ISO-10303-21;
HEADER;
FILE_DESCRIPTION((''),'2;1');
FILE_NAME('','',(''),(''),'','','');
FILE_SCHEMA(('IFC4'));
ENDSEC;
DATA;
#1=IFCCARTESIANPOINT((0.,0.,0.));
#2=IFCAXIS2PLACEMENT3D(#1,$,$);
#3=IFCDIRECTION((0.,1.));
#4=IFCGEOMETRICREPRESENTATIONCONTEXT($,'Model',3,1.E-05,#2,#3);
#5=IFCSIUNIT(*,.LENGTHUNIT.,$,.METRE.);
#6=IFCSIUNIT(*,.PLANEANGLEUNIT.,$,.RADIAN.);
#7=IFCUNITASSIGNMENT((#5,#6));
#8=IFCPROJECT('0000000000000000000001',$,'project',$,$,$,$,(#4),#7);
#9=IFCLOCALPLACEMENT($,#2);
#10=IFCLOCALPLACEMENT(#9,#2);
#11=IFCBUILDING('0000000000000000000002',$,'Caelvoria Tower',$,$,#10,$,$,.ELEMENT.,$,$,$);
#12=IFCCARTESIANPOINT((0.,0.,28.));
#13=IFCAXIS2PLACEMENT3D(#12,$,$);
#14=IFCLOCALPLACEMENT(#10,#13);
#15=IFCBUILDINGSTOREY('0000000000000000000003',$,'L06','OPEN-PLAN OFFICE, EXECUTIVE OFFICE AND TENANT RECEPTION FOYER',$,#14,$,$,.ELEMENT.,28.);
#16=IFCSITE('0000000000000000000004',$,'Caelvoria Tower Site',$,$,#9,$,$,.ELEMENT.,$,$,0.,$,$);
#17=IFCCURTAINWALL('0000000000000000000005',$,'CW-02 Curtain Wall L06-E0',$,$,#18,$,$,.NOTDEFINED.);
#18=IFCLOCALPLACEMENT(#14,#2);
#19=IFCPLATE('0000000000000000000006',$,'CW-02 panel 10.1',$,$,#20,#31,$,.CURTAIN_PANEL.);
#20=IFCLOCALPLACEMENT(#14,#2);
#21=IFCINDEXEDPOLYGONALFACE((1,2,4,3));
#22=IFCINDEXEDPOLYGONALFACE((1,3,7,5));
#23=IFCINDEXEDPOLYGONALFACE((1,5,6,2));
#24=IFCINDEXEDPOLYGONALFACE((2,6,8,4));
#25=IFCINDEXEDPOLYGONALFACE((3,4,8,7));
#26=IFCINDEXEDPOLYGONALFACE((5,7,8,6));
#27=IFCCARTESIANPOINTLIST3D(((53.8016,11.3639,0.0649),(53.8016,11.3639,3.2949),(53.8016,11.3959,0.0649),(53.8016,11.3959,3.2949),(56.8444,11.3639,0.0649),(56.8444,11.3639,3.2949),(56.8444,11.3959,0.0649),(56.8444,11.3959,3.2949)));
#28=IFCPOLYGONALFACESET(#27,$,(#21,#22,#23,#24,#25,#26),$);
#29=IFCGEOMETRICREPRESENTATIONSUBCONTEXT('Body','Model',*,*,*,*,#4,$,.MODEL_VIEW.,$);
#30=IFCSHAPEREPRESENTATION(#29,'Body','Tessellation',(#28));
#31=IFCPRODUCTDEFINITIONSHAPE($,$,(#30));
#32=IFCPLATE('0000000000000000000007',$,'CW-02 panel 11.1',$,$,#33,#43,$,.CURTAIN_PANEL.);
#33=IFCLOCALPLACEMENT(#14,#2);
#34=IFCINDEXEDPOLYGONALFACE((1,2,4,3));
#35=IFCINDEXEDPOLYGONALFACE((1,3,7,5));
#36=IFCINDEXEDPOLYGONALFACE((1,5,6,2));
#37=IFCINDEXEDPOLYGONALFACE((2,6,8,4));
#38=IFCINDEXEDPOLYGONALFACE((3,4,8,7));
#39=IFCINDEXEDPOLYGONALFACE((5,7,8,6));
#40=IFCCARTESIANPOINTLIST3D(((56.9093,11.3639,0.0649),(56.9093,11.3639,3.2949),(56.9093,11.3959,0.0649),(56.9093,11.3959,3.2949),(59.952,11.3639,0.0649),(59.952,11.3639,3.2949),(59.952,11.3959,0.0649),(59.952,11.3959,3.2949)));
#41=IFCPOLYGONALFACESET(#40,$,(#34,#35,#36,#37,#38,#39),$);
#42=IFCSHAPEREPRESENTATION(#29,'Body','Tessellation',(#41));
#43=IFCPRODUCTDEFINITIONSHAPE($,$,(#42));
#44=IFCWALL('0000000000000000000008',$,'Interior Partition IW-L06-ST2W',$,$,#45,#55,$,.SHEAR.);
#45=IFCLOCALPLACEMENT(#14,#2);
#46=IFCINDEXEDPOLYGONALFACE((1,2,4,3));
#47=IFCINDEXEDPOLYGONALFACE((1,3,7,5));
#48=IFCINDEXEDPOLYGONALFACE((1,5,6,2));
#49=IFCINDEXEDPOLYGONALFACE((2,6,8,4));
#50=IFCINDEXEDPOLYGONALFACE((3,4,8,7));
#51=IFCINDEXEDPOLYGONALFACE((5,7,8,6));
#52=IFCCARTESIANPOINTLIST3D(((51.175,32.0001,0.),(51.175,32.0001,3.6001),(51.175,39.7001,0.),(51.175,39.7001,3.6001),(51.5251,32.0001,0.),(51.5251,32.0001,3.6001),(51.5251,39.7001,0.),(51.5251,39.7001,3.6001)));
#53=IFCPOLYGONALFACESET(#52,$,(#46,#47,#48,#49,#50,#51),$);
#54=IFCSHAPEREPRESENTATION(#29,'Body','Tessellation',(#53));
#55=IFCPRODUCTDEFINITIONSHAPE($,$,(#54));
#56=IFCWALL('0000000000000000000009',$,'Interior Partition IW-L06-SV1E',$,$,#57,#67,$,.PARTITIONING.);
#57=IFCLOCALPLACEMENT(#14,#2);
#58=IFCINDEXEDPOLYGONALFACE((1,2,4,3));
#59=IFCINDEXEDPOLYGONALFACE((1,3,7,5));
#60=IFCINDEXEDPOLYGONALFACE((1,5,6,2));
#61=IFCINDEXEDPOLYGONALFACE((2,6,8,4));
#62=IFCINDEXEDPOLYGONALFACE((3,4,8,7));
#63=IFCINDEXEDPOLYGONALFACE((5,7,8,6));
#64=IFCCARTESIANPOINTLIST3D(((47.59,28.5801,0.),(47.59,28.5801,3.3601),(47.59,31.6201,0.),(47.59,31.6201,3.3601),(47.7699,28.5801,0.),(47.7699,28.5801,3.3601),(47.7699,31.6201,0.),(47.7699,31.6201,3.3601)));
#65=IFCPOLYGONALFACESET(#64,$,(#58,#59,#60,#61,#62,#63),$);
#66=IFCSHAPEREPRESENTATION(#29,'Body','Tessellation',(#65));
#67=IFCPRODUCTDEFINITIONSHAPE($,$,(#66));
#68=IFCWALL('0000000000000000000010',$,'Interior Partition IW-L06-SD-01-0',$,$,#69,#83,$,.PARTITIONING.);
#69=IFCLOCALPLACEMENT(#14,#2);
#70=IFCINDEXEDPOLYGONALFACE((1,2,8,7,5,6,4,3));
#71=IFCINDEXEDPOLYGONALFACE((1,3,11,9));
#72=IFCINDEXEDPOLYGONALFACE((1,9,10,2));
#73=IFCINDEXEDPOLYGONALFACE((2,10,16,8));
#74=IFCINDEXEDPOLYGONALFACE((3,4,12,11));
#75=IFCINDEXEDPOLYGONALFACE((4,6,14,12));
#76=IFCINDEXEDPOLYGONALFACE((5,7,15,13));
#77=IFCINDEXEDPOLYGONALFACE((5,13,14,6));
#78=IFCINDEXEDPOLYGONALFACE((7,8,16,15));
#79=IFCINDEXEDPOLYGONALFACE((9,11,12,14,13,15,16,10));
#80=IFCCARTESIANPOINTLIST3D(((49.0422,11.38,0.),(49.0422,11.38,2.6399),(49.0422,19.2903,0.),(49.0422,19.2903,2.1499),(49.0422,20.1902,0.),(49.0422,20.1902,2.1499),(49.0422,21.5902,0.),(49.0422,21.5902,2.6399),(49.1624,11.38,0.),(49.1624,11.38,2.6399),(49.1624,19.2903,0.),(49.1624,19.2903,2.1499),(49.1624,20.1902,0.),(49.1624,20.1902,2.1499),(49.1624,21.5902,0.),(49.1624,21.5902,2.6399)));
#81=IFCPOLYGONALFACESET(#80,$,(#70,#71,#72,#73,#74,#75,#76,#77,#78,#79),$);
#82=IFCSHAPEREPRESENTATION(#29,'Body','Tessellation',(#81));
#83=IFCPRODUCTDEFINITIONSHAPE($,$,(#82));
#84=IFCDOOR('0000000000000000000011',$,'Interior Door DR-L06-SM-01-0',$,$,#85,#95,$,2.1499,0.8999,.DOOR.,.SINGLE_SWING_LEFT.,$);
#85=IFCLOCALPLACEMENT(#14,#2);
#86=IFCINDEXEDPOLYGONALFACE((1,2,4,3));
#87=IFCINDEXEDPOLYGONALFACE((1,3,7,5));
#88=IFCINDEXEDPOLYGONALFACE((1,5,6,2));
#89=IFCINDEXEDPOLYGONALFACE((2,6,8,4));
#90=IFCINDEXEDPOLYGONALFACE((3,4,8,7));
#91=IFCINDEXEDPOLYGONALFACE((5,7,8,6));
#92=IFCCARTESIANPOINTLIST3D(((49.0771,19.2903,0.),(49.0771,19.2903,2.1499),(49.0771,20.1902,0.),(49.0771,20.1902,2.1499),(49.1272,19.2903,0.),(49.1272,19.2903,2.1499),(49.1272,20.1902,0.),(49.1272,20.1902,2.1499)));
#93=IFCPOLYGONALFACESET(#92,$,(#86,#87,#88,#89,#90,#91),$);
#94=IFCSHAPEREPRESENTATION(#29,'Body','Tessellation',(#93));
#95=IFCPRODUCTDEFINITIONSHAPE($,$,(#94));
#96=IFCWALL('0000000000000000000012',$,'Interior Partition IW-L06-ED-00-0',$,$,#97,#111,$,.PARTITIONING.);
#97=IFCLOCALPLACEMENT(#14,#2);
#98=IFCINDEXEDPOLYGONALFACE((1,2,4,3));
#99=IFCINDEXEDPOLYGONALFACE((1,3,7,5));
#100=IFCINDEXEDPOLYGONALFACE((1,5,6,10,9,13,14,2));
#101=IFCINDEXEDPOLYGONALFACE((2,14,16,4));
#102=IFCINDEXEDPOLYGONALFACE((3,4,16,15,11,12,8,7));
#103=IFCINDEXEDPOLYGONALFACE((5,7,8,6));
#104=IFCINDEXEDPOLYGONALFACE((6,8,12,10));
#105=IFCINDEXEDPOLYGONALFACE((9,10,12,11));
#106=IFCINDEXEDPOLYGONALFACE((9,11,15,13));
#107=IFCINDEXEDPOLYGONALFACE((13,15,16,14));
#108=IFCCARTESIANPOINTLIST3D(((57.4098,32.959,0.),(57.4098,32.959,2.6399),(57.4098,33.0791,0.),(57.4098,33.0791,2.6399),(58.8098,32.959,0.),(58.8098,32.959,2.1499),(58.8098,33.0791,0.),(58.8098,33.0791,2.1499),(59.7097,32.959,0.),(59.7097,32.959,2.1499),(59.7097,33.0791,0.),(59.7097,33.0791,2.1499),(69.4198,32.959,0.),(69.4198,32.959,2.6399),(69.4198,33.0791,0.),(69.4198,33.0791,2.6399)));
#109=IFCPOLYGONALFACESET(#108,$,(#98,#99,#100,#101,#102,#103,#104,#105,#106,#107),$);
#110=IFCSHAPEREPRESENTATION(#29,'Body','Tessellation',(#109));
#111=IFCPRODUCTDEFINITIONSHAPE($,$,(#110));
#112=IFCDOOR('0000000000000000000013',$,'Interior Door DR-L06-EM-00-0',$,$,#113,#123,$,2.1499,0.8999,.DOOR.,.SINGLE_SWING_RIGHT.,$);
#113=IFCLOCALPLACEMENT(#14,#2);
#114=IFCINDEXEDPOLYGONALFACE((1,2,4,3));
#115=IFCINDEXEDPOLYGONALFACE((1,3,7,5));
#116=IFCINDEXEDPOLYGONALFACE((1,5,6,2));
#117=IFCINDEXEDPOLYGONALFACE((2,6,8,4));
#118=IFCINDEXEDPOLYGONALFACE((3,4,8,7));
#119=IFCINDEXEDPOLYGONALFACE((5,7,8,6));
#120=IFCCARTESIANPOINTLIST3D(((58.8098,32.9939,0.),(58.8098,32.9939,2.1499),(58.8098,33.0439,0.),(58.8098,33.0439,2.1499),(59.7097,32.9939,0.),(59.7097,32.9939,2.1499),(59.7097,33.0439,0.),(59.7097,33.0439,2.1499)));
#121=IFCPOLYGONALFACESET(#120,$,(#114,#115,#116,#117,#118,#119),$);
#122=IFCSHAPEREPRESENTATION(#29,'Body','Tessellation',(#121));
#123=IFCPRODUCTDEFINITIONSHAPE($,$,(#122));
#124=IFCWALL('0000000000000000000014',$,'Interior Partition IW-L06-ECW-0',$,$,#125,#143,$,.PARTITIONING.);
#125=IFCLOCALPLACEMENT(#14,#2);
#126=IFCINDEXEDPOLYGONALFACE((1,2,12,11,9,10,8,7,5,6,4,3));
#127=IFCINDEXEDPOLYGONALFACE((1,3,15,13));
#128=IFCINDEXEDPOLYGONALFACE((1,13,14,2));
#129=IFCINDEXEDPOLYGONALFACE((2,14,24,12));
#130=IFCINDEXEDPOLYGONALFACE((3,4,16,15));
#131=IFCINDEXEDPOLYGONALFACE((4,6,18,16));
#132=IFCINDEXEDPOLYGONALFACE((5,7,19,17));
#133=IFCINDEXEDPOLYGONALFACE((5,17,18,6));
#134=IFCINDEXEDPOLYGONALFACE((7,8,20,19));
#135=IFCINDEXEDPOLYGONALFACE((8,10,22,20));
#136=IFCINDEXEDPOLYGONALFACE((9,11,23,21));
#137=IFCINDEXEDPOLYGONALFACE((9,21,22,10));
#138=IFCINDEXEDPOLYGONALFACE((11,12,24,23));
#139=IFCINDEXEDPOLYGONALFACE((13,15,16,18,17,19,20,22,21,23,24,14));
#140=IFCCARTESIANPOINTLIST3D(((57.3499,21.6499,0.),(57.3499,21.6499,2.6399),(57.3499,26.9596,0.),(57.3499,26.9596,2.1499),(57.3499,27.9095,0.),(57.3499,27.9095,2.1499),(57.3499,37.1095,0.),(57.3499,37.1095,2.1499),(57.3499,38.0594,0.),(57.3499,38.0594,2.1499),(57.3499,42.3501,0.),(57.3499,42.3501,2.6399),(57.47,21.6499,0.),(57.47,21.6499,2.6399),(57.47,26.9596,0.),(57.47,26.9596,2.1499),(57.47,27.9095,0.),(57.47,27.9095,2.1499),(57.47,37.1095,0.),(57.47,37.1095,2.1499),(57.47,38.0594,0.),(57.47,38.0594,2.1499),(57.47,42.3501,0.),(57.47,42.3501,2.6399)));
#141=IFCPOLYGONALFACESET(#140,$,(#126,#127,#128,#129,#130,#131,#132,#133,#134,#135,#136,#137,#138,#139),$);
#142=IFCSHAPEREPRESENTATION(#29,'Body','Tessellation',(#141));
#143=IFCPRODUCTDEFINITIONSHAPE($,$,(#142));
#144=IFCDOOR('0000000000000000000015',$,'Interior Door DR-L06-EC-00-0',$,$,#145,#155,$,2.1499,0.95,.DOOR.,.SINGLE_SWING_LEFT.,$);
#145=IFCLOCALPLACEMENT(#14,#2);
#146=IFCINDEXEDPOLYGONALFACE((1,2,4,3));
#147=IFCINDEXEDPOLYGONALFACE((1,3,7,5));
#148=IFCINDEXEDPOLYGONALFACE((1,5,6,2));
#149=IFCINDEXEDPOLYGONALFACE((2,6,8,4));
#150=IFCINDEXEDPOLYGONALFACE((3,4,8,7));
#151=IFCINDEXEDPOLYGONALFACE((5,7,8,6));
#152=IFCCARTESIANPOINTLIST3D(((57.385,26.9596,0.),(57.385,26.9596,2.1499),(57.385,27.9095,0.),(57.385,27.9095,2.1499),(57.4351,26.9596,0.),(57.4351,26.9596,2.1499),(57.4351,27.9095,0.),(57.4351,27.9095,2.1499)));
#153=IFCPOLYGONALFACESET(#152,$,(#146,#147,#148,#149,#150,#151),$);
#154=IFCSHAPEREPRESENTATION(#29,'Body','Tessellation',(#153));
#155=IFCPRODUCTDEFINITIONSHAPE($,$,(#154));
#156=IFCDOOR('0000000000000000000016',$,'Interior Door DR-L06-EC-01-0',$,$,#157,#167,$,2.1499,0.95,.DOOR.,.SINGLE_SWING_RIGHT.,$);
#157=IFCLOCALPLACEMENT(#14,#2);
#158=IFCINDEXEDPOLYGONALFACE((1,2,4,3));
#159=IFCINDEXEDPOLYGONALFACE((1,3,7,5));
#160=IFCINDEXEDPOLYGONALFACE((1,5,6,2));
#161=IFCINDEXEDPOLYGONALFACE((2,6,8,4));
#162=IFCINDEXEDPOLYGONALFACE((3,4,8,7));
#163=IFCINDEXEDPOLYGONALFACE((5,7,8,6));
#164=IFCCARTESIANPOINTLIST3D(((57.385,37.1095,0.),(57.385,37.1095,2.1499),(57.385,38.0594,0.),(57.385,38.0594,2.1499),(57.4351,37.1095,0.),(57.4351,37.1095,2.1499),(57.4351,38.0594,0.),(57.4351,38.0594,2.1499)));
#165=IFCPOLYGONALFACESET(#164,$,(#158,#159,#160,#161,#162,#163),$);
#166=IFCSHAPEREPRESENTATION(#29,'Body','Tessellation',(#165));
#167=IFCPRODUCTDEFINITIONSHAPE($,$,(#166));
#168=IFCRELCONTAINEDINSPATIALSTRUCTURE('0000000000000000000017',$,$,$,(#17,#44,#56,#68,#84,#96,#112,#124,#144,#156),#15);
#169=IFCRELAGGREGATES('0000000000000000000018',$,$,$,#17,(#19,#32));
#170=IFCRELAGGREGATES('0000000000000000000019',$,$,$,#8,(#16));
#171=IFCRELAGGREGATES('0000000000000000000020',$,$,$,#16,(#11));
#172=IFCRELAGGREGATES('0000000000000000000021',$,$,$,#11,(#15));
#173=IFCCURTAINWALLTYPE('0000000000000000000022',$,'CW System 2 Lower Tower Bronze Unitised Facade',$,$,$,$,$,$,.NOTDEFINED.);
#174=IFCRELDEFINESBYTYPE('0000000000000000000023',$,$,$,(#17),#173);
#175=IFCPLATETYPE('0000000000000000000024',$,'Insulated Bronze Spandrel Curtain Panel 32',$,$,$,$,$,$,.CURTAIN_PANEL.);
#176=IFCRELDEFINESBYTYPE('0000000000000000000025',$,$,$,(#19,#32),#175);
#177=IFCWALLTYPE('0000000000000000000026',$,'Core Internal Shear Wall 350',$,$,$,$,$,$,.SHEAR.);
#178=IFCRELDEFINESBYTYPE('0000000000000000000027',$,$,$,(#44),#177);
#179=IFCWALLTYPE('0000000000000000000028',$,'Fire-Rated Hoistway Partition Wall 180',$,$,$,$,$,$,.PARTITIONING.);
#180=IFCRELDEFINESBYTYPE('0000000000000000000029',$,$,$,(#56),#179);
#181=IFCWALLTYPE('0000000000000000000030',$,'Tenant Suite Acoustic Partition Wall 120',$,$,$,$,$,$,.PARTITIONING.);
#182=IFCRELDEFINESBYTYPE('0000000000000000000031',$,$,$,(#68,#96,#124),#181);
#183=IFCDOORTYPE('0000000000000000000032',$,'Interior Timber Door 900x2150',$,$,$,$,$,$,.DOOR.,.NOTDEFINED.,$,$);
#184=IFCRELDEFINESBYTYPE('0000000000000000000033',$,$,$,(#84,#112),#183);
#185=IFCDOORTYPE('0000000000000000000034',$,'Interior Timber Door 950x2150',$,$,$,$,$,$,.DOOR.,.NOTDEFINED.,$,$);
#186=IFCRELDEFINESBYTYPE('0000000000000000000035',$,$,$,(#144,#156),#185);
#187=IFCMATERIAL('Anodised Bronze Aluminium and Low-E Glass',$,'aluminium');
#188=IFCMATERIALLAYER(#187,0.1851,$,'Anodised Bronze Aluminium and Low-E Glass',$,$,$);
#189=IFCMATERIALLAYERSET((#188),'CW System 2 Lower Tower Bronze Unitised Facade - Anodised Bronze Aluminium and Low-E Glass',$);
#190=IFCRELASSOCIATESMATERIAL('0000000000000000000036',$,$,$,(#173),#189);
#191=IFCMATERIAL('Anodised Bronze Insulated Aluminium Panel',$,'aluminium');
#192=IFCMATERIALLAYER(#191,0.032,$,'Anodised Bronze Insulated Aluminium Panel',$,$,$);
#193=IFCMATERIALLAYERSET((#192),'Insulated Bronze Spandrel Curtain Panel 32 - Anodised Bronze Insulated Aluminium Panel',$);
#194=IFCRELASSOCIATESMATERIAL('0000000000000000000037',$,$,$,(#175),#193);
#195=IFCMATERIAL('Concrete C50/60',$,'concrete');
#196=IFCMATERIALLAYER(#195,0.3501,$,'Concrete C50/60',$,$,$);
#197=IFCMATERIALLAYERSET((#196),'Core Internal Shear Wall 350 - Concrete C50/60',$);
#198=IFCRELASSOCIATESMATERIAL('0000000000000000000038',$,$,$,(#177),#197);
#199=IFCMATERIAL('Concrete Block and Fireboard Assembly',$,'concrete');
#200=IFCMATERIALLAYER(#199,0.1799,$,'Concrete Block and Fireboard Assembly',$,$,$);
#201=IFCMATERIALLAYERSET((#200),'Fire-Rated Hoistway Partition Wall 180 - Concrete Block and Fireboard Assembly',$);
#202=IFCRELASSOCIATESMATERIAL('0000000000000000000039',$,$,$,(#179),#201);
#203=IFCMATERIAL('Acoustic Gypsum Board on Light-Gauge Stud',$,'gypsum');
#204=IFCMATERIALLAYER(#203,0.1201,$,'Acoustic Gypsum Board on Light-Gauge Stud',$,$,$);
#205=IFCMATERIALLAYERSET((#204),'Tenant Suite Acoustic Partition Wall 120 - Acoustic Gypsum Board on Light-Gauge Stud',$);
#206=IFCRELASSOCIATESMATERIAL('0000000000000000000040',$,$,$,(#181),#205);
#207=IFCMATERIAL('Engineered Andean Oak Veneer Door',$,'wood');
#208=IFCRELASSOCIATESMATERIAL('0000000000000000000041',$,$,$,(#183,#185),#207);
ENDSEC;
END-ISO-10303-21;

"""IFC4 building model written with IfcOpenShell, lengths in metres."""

from ifc_helpers import new_model, si_unit, direction, frame, frame_2d, origin, origin_2d, place, context, subcontext, project, spatial, rectangle, extrude, material, layer, layer_set, type_object, element, fill, aggregate, save


model = new_model("IFC4")

# Units and contexts
model_context = context("Model", 3, precision=1e-05, world=origin(), true_north=direction((0.0, 1.0)))
body_context = subcontext(model_context, "Body", "Model", "MODEL_VIEW")
ifc_project = project(units=[si_unit("LENGTHUNIT", "METRE"), si_unit("PLANEANGLEUNIT", "RADIAN")], contexts=[model_context])

# Site, building, storey
site_placement = place(None, origin())
site = spatial("IfcSite", under=ifc_project, at=site_placement, Name="Caelvoria Tower Site", CompositionType="ELEMENT", RefElevation=0.0)
building_placement = place(site_placement, origin())
building = spatial("IfcBuilding", under=site, at=building_placement, Name="Caelvoria Tower", CompositionType="ELEMENT")
storey_placement = place(building_placement, frame((0.0, 0.0, 28.0)))
storey = spatial("IfcBuildingStorey", under=building, at=storey_placement, Name="L06", Description="OPEN-PLAN OFFICE, EXECUTIVE OFFICE AND TENANT RECEPTION FOYER", CompositionType="ELEMENT", Elevation=28.0)

# Curtain wall
ifc_material_1 = material(Name="Anodised Bronze Aluminium and Low-E Glass", Category="aluminium")
ifc_layer_1 = layer(ifc_material_1, 0.1851, Name="Anodised Bronze Aluminium and Low-E Glass")
ifc_layer_set_1 = layer_set([ifc_layer_1], Name="CW System 2 Lower Tower Bronze Unitised Facade - Anodised Bronze Aluminium and Low-E Glass")
curtain_wall_type = type_object("IfcCurtainWallType", Name="CW System 2 Lower Tower Bronze Unitised Facade", PredefinedType="NOTDEFINED", material=ifc_layer_set_1)
curtain_wall_placement = place(storey_placement, origin())
curtain_wall = element("IfcCurtainWall", 1, at=curtain_wall_placement, inside=storey, type_object=curtain_wall_type, Name="CW-02 Curtain Wall L06-E0", PredefinedType="NOTDEFINED")

# Plates
ifc_material_2 = material(Name="Anodised Bronze Insulated Aluminium Panel", Category="aluminium")
ifc_layer_2 = layer(ifc_material_2, 0.032, Name="Anodised Bronze Insulated Aluminium Panel")
ifc_layer_set_2 = layer_set([ifc_layer_2], Name="Insulated Bronze Spandrel Curtain Panel 32 - Anodised Bronze Insulated Aluminium Panel")
plate_type = type_object("IfcPlateType", Name="Insulated Bronze Spandrel Curtain Panel 32", PredefinedType="CURTAIN_PANEL", material=ifc_layer_set_2)
plate_1_placement = place(storey_placement, frame((55.323, 11.3799, 0.0649), z_axis=(0.0, 0.0, 1.0), x_axis=(1.0, 0.0, 0.0)))
plate_1 = element("IfcPlate", 2, at=plate_1_placement, type_object=plate_type, Name="CW-02 panel 10.1", PredefinedType="CURTAIN_PANEL", context=body_context, shape_type="SweptSolid", body=[
    extrude(rectangle(XDim=3.0427, YDim=0.032, at=origin_2d()), origin(), (0.0, 0.0, 1.0), 3.23),
])
plate_2_placement = place(storey_placement, frame((58.4307, 11.3799, 0.0649), z_axis=(0.0, 0.0, 1.0), x_axis=(1.0, 0.0, 0.0)))
plate_2 = element("IfcPlate", 3, at=plate_2_placement, type_object=plate_type, Name="CW-02 panel 11.1", PredefinedType="CURTAIN_PANEL", context=body_context, shape_type="SweptSolid", body=[
    extrude(rectangle(XDim=3.0427, YDim=0.032, at=origin_2d()), origin(), (0.0, 0.0, 1.0), 3.23),
])
aggregate(curtain_wall, [plate_1, plate_2])

# Walls
ifc_material_3 = material(Name="Concrete C50/60", Category="concrete")
ifc_layer_3 = layer(ifc_material_3, 0.3501, Name="Concrete C50/60")
ifc_layer_set_3 = layer_set([ifc_layer_3], Name="Core Internal Shear Wall 350 - Concrete C50/60")
wall_type_1 = type_object("IfcWallType", Name="Core Internal Shear Wall 350", PredefinedType="SHEAR", material=ifc_layer_set_3)
wall_1_placement = place(storey_placement, frame((51.3501, 32.0, 0.0), z_axis=(0.0, 0.0, 1.0), x_axis=(0.0, 1.0, 0.0)))
element("IfcWall", 4, at=wall_1_placement, inside=storey, type_object=wall_type_1, Name="Interior Partition IW-L06-ST2W", PredefinedType="SHEAR", context=body_context, shape_type="SweptSolid", body=[
    extrude(rectangle(XDim=7.7, YDim=0.3501, at=frame_2d((3.8501, 0.0))), origin(), (0.0, 0.0, 1.0), 3.6001),
])
ifc_material_4 = material(Name="Concrete Block and Fireboard Assembly", Category="concrete")
ifc_layer_4 = layer(ifc_material_4, 0.1799, Name="Concrete Block and Fireboard Assembly")
ifc_layer_set_4 = layer_set([ifc_layer_4], Name="Fire-Rated Hoistway Partition Wall 180 - Concrete Block and Fireboard Assembly")
wall_type_2 = type_object("IfcWallType", Name="Fire-Rated Hoistway Partition Wall 180", PredefinedType="PARTITIONING", material=ifc_layer_set_4)
wall_2_placement = place(storey_placement, frame((47.6799, 28.5801, 0.0), z_axis=(0.0, 0.0, 1.0), x_axis=(0.0, 1.0, 0.0)))
element("IfcWall", 5, at=wall_2_placement, inside=storey, type_object=wall_type_2, Name="Interior Partition IW-L06-SV1E", PredefinedType="PARTITIONING", context=body_context, shape_type="SweptSolid", body=[
    extrude(rectangle(XDim=3.04, YDim=0.1799, at=frame_2d((1.52, 0.0))), origin(), (0.0, 0.0, 1.0), 3.3601),
])

# Walls, openings, doors
ifc_material_5 = material(Name="Acoustic Gypsum Board on Light-Gauge Stud", Category="gypsum")
ifc_layer_5 = layer(ifc_material_5, 0.1201, Name="Acoustic Gypsum Board on Light-Gauge Stud")
ifc_layer_set_5 = layer_set([ifc_layer_5], Name="Tenant Suite Acoustic Partition Wall 120 - Acoustic Gypsum Board on Light-Gauge Stud")
wall_type_3 = type_object("IfcWallType", Name="Tenant Suite Acoustic Partition Wall 120", PredefinedType="PARTITIONING", material=ifc_layer_set_5)
wall_3_placement = place(storey_placement, frame((49.1023, 21.5901, 0.0), z_axis=(0.0, 0.0, 1.0), x_axis=(0.0, -1.0, 0.0)))
wall_3 = element("IfcWall", 6, at=wall_3_placement, inside=storey, type_object=wall_type_3, Name="Interior Partition IW-L06-SD-01-0", PredefinedType="PARTITIONING", context=body_context, shape_type="SweptSolid", body=[
    extrude(rectangle(XDim=10.2102, YDim=0.1201, at=frame_2d((5.105, 0.0))), origin(), (0.0, 0.0, 1.0), 2.6399),
])
opening_1_placement = place(wall_3_placement, frame((1.3999, 0.0, 0.0)))
opening_1 = element("IfcOpeningElement", 7, at=opening_1_placement, cuts=wall_3, PredefinedType="OPENING", context=body_context, shape_type="SweptSolid", body=[
    extrude(rectangle(XDim=0.8999, YDim=2.1499, at=frame_2d((0.45, 1.075))), frame((0.0, 0.0701, 0.0), z_axis=(0.0, -1.0, 0.0), x_axis=(1.0, 0.0, 0.0)), (0.0, 0.0, 1.0), 0.1401),
])
ifc_material_6 = material(Name="Engineered Andean Oak Veneer Door", Category="wood")
door_type_1 = type_object("IfcDoorType", Name="Interior Timber Door 900x2150", OperationType="NOTDEFINED", PredefinedType="DOOR", material=ifc_material_6)
door_1_placement = place(opening_1_placement, origin())
door_1 = element("IfcDoor", 8, at=door_1_placement, inside=storey, type_object=door_type_1, Name="Interior Door DR-L06-SM-01-0", OperationType="SINGLE_SWING_LEFT", OverallHeight=2.1499, OverallWidth=0.8999, PredefinedType="DOOR", context=body_context, shape_type="SweptSolid", body=[
    extrude(rectangle(XDim=0.8999, YDim=2.1499, at=frame_2d((0.45, 1.075))), frame((0.0, 0.0249, 0.0), z_axis=(0.0, -1.0, 0.0), x_axis=(1.0, 0.0, 0.0)), (0.0, 0.0, 1.0), 0.05),
])
fill(opening_1, door_1)
wall_4_placement = place(storey_placement, frame((57.4099, 33.019, 0.0), z_axis=(0.0, 0.0, 1.0), x_axis=(1.0, 0.0, 0.0)))
wall_4 = element("IfcWall", 9, at=wall_4_placement, inside=storey, type_object=wall_type_3, Name="Interior Partition IW-L06-ED-00-0", PredefinedType="PARTITIONING", context=body_context, shape_type="SweptSolid", body=[
    extrude(rectangle(XDim=12.01, YDim=0.1201, at=frame_2d((6.0049, 0.0))), origin(), (0.0, 0.0, 1.0), 2.6399),
])
opening_2_placement = place(wall_4_placement, frame((1.3999, 0.0, 0.0)))
opening_2 = element("IfcOpeningElement", 10, at=opening_2_placement, cuts=wall_4, PredefinedType="OPENING", context=body_context, shape_type="SweptSolid", body=[
    extrude(rectangle(XDim=0.8999, YDim=2.1499, at=frame_2d((0.45, 1.075))), frame((0.0, 0.0701, 0.0), z_axis=(0.0, -1.0, 0.0), x_axis=(1.0, 0.0, 0.0)), (0.0, 0.0, 1.0), 0.1401),
])
door_2_placement = place(opening_2_placement, origin())
door_2 = element("IfcDoor", 11, at=door_2_placement, inside=storey, type_object=door_type_1, Name="Interior Door DR-L06-EM-00-0", OperationType="SINGLE_SWING_RIGHT", OverallHeight=2.1499, OverallWidth=0.8999, PredefinedType="DOOR", context=body_context, shape_type="SweptSolid", body=[
    extrude(rectangle(XDim=0.8999, YDim=2.1499, at=frame_2d((0.45, 1.075))), frame((0.0, 0.0249, 0.0), z_axis=(0.0, -1.0, 0.0), x_axis=(1.0, 0.0, 0.0)), (0.0, 0.0, 1.0), 0.05),
])
fill(opening_2, door_2)

# Wall, openings, doors
wall_5_placement = place(storey_placement, frame((57.4099, 21.6499, 0.0), z_axis=(0.0, 0.0, 1.0), x_axis=(0.0, 1.0, 0.0)))
wall_5 = element("IfcWall", 12, at=wall_5_placement, inside=storey, type_object=wall_type_3, Name="Interior Partition IW-L06-ECW-0", PredefinedType="PARTITIONING", context=body_context, shape_type="SweptSolid", body=[
    extrude(rectangle(XDim=20.7002, YDim=0.1201, at=frame_2d((10.3501, 0.0))), origin(), (0.0, 0.0, 1.0), 2.6399),
])
opening_3_placement = place(wall_5_placement, frame((5.3096, 0.0, 0.0)))
opening_3 = element("IfcOpeningElement", 13, at=opening_3_placement, cuts=wall_5, PredefinedType="OPENING", context=body_context, shape_type="SweptSolid", body=[
    extrude(rectangle(XDim=0.95, YDim=2.1499, at=frame_2d((0.4751, 1.075))), frame((0.0, 0.0701, 0.0), z_axis=(0.0, -1.0, 0.0), x_axis=(1.0, 0.0, 0.0)), (0.0, 0.0, 1.0), 0.1401),
])
opening_4_placement = place(wall_5_placement, frame((15.4595, 0.0, 0.0)))
opening_4 = element("IfcOpeningElement", 14, at=opening_4_placement, cuts=wall_5, PredefinedType="OPENING", context=body_context, shape_type="SweptSolid", body=[
    extrude(rectangle(XDim=0.95, YDim=2.1499, at=frame_2d((0.4751, 1.075))), frame((0.0, 0.0701, 0.0), z_axis=(0.0, -1.0, 0.0), x_axis=(1.0, 0.0, 0.0)), (0.0, 0.0, 1.0), 0.1401),
])
door_type_2 = type_object("IfcDoorType", Name="Interior Timber Door 950x2150", OperationType="NOTDEFINED", PredefinedType="DOOR", material=ifc_material_6)
door_3_placement = place(opening_3_placement, origin())
door_3 = element("IfcDoor", 15, at=door_3_placement, inside=storey, type_object=door_type_2, Name="Interior Door DR-L06-EC-00-0", OperationType="SINGLE_SWING_LEFT", OverallHeight=2.1499, OverallWidth=0.95, PredefinedType="DOOR", context=body_context, shape_type="SweptSolid", body=[
    extrude(rectangle(XDim=0.95, YDim=2.1499, at=frame_2d((0.4751, 1.075))), frame((0.0, 0.0249, 0.0), z_axis=(0.0, -1.0, 0.0), x_axis=(1.0, 0.0, 0.0)), (0.0, 0.0, 1.0), 0.05),
])
fill(opening_3, door_3)
door_4_placement = place(opening_4_placement, origin())
door_4 = element("IfcDoor", 16, at=door_4_placement, inside=storey, type_object=door_type_2, Name="Interior Door DR-L06-EC-01-0", OperationType="SINGLE_SWING_RIGHT", OverallHeight=2.1499, OverallWidth=0.95, PredefinedType="DOOR", context=body_context, shape_type="SweptSolid", body=[
    extrude(rectangle(XDim=0.95, YDim=2.1499, at=frame_2d((0.4751, 1.075))), frame((0.0, 0.0249, 0.0), z_axis=(0.0, -1.0, 0.0), x_axis=(1.0, 0.0, 0.0)), (0.0, 0.0, 1.0), 0.05),
])
fill(opening_4, door_4)

save(model, "model.ifc")
